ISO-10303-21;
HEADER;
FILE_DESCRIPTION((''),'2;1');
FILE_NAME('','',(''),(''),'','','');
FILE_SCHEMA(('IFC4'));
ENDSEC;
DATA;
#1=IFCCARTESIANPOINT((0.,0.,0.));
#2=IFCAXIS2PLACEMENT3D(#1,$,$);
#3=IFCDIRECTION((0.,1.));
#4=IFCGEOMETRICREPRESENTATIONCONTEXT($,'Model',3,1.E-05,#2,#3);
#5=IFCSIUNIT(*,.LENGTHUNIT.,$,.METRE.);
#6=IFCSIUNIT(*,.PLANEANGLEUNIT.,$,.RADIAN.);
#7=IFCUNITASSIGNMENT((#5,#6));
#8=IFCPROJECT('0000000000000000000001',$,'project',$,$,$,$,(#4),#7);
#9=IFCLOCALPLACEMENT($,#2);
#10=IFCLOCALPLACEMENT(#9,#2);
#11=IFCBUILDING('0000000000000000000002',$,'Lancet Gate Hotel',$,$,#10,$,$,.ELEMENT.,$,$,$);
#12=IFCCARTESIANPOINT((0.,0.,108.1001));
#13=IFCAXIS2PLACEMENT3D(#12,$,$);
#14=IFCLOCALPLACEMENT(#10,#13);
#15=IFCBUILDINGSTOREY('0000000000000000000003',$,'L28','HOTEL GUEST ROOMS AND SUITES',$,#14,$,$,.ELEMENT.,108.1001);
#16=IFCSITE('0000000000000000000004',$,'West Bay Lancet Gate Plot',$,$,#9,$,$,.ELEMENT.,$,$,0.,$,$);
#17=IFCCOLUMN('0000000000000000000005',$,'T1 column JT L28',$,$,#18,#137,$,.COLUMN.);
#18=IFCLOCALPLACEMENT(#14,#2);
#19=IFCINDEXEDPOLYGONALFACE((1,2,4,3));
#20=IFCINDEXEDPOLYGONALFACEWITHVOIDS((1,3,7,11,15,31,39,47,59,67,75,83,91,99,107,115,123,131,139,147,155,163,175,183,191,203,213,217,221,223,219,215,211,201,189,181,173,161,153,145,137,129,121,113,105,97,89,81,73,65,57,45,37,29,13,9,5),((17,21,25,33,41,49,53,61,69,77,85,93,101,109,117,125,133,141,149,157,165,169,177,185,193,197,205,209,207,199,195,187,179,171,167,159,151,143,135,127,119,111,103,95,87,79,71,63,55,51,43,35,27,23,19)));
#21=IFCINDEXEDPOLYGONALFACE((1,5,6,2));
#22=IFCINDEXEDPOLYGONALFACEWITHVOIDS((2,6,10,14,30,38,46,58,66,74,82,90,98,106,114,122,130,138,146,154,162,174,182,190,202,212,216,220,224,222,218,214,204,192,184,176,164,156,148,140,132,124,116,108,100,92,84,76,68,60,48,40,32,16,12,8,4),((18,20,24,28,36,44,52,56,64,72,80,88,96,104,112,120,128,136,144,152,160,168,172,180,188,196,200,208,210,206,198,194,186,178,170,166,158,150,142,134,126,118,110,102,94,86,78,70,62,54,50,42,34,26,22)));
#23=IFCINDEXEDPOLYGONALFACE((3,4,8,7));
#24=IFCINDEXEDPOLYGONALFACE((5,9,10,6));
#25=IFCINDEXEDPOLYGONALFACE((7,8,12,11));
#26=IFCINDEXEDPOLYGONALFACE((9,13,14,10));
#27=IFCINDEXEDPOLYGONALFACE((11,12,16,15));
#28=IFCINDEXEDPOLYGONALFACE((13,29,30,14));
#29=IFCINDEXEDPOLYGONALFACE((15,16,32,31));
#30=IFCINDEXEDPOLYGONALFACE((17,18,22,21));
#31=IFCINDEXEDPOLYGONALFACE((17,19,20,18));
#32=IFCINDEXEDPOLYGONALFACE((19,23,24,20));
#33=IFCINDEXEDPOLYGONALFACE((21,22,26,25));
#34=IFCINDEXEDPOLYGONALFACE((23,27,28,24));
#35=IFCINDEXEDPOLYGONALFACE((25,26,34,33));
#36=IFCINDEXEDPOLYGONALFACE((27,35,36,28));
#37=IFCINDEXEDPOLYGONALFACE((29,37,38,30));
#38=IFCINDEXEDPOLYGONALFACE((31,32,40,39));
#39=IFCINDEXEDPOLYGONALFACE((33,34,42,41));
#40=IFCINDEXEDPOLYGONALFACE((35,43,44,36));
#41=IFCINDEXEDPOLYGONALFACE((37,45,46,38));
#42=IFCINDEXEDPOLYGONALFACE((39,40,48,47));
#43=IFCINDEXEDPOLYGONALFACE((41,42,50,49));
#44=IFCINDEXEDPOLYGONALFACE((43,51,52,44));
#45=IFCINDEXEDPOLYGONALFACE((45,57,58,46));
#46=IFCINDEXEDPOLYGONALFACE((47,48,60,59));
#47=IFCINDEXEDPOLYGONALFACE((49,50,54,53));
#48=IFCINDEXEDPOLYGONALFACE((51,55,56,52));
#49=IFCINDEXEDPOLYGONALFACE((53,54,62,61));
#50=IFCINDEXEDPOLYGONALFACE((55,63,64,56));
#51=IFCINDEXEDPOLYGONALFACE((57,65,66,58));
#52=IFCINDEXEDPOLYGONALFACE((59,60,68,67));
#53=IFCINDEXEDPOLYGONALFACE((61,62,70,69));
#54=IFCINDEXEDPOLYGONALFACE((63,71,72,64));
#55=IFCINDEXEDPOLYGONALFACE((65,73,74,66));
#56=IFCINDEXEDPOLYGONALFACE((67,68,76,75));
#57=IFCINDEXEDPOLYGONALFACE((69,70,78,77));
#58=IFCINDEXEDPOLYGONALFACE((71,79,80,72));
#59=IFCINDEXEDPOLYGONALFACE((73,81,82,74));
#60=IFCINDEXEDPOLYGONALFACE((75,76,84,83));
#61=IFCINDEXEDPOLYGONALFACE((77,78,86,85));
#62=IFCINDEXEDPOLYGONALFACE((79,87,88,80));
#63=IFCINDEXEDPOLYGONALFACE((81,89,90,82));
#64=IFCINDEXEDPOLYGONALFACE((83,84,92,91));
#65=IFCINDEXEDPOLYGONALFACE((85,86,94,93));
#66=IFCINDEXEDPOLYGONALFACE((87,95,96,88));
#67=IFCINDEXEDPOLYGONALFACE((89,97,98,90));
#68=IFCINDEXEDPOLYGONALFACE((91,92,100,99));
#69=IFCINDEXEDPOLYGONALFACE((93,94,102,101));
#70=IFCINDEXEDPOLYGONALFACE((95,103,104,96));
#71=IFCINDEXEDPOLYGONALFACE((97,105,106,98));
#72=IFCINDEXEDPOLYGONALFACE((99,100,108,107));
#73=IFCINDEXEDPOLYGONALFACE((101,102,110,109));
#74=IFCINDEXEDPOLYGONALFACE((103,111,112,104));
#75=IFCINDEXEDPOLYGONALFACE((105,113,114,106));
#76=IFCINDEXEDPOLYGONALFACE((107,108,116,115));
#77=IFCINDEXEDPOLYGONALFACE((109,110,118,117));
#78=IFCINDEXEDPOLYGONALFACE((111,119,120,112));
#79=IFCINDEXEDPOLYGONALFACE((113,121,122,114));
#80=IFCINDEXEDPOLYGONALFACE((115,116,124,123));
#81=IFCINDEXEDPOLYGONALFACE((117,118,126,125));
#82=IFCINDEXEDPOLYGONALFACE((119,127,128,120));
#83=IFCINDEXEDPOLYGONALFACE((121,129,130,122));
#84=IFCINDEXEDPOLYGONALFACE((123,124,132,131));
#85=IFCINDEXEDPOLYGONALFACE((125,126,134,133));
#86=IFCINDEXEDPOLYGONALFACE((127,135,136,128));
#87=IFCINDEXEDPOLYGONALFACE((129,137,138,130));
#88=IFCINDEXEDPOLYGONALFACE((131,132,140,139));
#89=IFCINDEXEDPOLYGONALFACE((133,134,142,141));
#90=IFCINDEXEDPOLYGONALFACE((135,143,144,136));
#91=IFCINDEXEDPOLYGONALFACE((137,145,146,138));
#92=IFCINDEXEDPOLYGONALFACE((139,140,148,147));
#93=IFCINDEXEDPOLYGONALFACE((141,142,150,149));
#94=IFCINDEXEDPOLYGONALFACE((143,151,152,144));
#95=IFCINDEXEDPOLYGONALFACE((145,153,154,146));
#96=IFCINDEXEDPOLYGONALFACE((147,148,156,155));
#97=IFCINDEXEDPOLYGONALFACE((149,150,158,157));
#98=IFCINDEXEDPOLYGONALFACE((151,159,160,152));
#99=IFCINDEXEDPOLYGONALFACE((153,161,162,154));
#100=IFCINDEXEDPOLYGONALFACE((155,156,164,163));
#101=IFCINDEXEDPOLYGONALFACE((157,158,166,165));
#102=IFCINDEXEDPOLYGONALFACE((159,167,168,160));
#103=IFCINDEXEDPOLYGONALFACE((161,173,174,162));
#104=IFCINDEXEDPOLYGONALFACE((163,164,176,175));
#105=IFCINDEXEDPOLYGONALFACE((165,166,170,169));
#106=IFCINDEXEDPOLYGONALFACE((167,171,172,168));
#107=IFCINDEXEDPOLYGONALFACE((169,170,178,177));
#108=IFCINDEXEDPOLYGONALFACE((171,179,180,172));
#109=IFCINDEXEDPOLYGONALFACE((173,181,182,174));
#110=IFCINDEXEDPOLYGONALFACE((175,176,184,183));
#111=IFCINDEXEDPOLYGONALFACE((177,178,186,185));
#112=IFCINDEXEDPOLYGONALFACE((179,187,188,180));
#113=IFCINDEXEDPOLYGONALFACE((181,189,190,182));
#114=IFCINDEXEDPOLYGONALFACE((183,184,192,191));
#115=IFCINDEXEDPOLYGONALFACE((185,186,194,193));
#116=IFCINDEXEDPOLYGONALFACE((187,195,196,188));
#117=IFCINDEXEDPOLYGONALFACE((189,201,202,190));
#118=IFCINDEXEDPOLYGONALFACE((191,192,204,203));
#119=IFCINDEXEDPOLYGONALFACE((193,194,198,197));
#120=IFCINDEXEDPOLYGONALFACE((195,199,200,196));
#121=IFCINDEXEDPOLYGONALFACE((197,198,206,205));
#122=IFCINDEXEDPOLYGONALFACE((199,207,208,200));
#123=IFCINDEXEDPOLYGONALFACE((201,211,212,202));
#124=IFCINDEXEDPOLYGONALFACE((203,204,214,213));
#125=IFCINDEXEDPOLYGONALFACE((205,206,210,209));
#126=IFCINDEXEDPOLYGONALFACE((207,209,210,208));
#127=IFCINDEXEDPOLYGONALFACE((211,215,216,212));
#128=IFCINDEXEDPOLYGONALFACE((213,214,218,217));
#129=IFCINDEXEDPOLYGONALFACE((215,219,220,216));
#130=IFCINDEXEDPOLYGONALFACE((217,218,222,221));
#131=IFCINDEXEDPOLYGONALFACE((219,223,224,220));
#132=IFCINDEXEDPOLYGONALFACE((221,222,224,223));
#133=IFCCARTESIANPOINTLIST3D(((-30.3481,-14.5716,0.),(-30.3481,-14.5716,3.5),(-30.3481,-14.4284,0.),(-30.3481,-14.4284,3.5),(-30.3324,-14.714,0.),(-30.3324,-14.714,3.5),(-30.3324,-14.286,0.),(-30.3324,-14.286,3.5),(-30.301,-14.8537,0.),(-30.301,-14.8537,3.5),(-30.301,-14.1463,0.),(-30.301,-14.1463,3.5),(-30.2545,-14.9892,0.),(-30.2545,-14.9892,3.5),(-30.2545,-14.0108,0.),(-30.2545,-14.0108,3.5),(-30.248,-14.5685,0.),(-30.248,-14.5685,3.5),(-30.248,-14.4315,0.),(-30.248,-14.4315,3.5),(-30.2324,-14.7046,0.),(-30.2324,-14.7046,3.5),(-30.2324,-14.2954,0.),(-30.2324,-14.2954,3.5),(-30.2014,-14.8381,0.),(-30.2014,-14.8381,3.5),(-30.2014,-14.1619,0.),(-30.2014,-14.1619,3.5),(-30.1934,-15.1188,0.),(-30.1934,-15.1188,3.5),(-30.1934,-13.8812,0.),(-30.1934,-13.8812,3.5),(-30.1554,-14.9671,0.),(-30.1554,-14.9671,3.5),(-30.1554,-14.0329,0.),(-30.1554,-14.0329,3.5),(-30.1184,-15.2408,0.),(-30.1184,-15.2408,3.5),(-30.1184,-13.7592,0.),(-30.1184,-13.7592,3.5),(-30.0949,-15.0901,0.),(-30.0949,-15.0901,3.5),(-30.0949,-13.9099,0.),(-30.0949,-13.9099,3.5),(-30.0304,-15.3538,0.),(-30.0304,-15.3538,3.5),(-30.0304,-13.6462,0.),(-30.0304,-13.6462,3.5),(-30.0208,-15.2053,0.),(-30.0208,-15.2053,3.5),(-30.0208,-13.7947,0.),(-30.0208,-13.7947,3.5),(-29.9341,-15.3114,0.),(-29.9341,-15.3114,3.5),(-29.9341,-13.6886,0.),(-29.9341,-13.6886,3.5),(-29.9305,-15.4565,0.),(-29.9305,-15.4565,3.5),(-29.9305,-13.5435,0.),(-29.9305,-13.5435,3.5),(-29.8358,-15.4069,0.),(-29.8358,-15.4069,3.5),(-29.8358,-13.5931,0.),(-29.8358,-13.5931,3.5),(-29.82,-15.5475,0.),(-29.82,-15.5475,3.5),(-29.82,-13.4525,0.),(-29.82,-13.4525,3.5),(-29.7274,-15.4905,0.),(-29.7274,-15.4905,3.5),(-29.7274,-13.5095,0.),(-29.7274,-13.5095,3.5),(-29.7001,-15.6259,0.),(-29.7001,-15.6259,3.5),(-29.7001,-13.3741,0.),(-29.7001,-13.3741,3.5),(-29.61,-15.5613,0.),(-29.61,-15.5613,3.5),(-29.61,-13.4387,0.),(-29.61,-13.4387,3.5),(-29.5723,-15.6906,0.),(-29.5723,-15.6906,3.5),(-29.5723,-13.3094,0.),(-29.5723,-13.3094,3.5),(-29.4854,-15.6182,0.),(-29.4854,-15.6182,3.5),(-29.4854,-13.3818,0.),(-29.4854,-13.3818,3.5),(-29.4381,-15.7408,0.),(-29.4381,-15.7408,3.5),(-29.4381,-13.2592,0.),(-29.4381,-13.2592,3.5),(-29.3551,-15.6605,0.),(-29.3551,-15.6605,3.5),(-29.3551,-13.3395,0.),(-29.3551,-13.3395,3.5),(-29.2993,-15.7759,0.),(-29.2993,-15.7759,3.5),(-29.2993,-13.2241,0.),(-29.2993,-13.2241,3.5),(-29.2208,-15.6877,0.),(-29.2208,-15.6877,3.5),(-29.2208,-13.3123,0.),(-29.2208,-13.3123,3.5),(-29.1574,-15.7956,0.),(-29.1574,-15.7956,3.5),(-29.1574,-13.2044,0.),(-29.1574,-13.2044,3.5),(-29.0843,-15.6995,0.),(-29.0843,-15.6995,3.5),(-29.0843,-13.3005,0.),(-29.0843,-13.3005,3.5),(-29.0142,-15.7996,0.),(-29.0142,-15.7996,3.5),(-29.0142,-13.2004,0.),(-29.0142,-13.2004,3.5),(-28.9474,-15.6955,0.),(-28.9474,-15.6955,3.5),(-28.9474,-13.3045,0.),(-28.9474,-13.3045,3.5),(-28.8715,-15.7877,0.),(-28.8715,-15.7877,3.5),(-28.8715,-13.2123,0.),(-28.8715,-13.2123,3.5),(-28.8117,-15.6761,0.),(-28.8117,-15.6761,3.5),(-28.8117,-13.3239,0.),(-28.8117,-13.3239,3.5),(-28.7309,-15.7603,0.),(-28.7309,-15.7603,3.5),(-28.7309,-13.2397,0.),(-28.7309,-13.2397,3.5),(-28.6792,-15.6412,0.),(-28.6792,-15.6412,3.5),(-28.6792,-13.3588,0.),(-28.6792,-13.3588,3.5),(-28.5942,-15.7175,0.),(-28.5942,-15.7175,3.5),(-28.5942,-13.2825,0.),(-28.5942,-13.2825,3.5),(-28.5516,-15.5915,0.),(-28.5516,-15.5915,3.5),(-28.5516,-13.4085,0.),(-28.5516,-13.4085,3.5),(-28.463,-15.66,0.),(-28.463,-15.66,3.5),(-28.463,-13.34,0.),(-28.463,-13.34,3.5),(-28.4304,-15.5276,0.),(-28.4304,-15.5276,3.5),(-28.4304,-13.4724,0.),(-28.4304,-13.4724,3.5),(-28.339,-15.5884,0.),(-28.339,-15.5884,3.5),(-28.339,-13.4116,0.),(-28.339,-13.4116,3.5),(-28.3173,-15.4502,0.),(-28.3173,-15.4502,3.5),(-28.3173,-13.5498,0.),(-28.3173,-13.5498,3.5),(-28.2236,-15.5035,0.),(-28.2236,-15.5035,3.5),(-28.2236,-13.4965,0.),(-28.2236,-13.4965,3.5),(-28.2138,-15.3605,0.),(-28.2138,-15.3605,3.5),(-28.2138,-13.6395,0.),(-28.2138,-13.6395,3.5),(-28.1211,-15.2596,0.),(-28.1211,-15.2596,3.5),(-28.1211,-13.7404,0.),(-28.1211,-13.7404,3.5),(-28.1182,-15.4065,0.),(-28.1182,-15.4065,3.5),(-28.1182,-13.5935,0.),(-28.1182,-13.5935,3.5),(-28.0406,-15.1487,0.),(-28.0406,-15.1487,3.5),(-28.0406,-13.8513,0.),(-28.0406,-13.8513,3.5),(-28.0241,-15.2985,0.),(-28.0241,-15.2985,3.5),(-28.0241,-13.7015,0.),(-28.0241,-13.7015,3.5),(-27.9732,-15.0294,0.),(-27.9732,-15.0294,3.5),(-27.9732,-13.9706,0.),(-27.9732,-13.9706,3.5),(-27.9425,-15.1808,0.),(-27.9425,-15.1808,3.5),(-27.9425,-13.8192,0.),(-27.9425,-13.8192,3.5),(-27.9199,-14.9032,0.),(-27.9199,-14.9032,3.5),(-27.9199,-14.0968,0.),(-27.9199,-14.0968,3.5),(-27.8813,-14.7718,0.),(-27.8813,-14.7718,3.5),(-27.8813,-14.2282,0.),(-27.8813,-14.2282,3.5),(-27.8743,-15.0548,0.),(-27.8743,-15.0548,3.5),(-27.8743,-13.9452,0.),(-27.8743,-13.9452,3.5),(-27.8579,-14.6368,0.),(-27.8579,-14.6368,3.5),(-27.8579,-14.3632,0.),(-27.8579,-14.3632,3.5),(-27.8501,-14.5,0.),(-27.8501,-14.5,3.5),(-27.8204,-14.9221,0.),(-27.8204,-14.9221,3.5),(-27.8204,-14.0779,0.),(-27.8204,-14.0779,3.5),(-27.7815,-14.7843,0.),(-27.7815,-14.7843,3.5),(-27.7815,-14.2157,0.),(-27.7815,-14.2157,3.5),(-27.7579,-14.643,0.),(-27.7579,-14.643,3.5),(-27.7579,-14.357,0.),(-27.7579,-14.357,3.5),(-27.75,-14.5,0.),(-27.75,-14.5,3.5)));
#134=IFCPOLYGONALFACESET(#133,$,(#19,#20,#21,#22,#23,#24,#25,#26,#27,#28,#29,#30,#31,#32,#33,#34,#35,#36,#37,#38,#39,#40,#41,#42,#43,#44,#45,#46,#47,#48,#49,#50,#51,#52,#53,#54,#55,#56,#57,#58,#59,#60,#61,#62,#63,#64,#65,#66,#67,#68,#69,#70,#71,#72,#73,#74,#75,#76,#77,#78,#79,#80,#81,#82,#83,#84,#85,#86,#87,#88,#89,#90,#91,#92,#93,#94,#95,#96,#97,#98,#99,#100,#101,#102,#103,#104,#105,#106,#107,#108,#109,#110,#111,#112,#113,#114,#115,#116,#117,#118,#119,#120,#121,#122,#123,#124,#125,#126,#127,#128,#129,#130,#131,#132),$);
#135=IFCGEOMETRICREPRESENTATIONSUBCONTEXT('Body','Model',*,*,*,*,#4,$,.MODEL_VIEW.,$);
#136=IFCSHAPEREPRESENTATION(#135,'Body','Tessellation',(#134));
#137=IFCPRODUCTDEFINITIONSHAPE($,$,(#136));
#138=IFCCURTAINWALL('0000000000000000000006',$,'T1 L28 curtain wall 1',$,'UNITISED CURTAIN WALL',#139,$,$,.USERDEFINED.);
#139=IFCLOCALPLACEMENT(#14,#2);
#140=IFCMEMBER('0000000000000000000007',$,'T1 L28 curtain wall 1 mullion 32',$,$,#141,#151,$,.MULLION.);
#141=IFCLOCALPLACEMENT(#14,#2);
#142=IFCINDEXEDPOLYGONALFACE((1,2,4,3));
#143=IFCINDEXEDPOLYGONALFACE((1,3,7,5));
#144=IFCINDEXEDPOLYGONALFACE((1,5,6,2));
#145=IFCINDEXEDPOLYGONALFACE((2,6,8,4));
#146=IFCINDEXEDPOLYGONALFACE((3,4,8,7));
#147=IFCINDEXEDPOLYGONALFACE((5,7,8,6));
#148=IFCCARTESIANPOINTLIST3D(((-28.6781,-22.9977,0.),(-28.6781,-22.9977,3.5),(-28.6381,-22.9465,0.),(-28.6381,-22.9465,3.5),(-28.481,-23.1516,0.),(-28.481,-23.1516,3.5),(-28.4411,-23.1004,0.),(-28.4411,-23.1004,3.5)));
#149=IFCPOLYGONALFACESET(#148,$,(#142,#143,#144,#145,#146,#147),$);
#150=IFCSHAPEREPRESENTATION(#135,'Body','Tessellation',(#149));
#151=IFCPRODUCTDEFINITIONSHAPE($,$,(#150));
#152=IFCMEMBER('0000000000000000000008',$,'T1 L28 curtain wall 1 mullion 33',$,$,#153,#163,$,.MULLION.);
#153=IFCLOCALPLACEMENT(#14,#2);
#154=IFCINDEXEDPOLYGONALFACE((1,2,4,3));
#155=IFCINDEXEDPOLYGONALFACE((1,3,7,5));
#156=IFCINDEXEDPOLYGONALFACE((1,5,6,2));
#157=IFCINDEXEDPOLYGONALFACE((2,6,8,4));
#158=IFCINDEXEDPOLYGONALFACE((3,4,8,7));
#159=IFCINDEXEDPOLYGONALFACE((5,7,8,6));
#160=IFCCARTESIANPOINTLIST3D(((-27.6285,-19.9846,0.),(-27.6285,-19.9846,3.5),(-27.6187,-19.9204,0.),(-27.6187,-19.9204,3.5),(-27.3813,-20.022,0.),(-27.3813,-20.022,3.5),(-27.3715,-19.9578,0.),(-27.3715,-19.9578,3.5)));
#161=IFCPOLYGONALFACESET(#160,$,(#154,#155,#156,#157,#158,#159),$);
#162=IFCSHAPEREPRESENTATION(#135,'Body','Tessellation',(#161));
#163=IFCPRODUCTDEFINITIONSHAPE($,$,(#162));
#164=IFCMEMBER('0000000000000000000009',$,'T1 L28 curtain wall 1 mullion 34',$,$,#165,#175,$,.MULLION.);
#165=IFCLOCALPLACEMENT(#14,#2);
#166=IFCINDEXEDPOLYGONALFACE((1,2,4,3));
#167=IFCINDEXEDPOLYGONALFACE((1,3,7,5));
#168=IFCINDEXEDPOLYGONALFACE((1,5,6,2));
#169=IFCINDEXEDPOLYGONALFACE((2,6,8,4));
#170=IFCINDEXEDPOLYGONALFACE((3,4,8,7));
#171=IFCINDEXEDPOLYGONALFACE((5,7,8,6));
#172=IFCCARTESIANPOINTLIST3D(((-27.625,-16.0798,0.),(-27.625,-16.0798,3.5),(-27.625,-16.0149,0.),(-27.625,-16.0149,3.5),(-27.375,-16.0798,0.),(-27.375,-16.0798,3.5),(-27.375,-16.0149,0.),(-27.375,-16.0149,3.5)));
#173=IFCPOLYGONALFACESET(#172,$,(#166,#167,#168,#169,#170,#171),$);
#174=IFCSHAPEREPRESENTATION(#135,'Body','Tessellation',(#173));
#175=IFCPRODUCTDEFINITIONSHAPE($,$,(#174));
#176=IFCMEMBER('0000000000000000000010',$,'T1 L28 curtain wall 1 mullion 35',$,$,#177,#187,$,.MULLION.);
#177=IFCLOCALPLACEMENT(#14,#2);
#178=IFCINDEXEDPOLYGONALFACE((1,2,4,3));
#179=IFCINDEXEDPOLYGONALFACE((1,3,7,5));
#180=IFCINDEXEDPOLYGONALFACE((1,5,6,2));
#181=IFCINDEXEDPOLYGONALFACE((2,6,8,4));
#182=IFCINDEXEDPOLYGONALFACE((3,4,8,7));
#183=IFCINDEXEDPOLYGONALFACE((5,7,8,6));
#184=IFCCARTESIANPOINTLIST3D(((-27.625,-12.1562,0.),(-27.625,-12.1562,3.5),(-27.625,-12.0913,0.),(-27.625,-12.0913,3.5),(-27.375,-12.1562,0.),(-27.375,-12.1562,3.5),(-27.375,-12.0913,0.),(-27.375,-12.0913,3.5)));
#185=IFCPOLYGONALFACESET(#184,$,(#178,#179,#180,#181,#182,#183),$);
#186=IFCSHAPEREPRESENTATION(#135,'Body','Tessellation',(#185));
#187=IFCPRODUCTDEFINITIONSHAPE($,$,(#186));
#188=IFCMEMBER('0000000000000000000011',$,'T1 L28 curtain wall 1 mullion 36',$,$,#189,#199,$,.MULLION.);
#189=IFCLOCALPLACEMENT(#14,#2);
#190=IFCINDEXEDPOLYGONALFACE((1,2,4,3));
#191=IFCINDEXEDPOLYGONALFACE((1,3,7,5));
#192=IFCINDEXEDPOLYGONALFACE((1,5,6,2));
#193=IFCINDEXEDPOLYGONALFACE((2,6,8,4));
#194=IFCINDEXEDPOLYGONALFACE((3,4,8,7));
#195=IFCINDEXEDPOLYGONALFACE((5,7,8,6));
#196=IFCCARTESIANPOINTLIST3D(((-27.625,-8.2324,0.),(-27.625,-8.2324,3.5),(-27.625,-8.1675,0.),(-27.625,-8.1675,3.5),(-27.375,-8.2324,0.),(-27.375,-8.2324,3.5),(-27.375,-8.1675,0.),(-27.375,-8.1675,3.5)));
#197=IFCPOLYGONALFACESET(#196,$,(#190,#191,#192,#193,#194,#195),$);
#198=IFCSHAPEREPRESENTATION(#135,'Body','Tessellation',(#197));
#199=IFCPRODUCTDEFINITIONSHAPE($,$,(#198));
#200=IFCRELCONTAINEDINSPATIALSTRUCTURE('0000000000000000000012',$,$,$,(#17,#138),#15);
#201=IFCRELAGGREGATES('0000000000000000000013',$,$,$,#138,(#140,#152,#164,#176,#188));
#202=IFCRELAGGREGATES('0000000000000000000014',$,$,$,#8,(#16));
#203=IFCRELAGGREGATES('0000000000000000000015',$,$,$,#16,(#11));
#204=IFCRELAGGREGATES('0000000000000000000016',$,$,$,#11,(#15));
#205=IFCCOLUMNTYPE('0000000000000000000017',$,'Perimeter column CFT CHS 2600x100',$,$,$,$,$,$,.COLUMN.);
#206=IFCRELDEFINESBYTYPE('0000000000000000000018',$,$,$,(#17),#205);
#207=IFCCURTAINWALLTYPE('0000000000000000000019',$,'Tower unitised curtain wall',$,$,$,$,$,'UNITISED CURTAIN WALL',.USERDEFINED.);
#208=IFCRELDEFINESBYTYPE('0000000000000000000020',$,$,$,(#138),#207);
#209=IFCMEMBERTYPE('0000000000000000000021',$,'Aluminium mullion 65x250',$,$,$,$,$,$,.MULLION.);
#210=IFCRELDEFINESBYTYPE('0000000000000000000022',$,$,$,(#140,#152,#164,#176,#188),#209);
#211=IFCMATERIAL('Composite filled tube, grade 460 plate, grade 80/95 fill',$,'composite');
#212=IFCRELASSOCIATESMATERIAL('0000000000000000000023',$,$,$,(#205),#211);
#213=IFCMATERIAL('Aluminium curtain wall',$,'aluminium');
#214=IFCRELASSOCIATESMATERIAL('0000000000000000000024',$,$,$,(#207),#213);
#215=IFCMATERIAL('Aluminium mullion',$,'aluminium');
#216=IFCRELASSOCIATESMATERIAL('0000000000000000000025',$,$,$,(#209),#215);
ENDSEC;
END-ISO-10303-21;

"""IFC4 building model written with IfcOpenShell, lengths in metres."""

from ifc_helpers import new_model, si_unit, direction, frame, origin, origin_2d, place, context, subcontext, project, spatial, rectangle, hollow_circle, extrude, material, material_profile, profile_set, type_object, element, aggregate, save


model = new_model("IFC4")

# Units and contexts
model_context = context("Model", 3, precision=1e-05, world=origin(), true_north=direction((0.0, 1.0)))
body_context = subcontext(model_context, "Body", "Model", "MODEL_VIEW")
ifc_project = project(units=[si_unit("LENGTHUNIT", "METRE"), si_unit("PLANEANGLEUNIT", "RADIAN")], contexts=[model_context])

# Site, building, storey
site_placement = place(None, origin())
site = spatial("IfcSite", under=ifc_project, at=site_placement, Name="West Bay Lancet Gate Plot", CompositionType="ELEMENT", RefElevation=0.0)
building_placement = place(site_placement, origin())
building = spatial("IfcBuilding", under=site, at=building_placement, Name="Lancet Gate Hotel", CompositionType="ELEMENT")
storey_placement = place(building_placement, frame((0.0, 0.0, 108.1001)))
storey = spatial("IfcBuildingStorey", under=building, at=storey_placement, Name="L28", Description="HOTEL GUEST ROOMS AND SUITES", CompositionType="ELEMENT", Elevation=108.1001)

# Column
ifc_material_1 = material(Name="Composite filled tube, grade 460 plate, grade 80/95 fill", Category="composite")
ifc_material_profile_1 = material_profile(ifc_material_1, hollow_circle(Radius=1.3, WallThickness=0.1001, at=origin_2d()), Name="CHS 2600x100")
ifc_profile_set_1 = profile_set([ifc_material_profile_1], Name="Composite filled tube, grade 460 plate, grade 80/95 fill")
column_type = type_object("IfcColumnType", Name="Perimeter column CFT CHS 2600x100", PredefinedType="COLUMN", material=ifc_profile_set_1)
for number, where, z_axis, x_axis, name in (
    (1, (-29.05, -14.5, 0.0), (0.0, 0.0, 1.0), (1.0, 0.0, 0.0), "T1 column JT L28"),
):
    element("IfcColumn", number, at=place(storey_placement, frame(where, z_axis=z_axis, x_axis=x_axis)), inside=storey, type_object=column_type, Name=name, PredefinedType="COLUMN", context=body_context, shape_type="SweptSolid", body=[
        extrude(hollow_circle(Radius=1.3, WallThickness=0.1001, at=origin_2d()), origin(), (0.0, 0.0, 1.0), 3.5),
    ])

# Curtain wall, members
ifc_material_2 = material(Name="Aluminium curtain wall", Category="aluminium")
curtain_wall_type = type_object("IfcCurtainWallType", Name="Tower unitised curtain wall", ElementType="UNITISED CURTAIN WALL", PredefinedType="USERDEFINED", material=ifc_material_2)
curtain_wall_placement = place(storey_placement, origin())
curtain_wall = element("IfcCurtainWall", 2, at=curtain_wall_placement, inside=storey, type_object=curtain_wall_type, Name="T1 L28 curtain wall 1", ObjectType="UNITISED CURTAIN WALL", PredefinedType="USERDEFINED")
ifc_material_3 = material(Name="Aluminium mullion", Category="aluminium")
ifc_material_profile_2 = material_profile(ifc_material_3, rectangle(XDim=0.0649, YDim=0.25, at=origin_2d()), Name="MULLION 65x250")
ifc_profile_set_2 = profile_set([ifc_material_profile_2], Name="Aluminium mullion")
member_type_1 = type_object("IfcMemberType", Name="Aluminium mullion 65x250", PredefinedType="MULLION", material=ifc_profile_set_2)
member_1_placement = place(storey_placement, frame((-28.5596, -23.0491, 0.0), z_axis=(0.0, 0.0, 1.0), x_axis=(0.615574, 0.788079, 0.0)))
member_1 = element("IfcMember", 3, at=member_1_placement, type_object=member_type_1, Name="T1 L28 curtain wall 1 mullion 32", PredefinedType="MULLION", context=body_context, shape_type="SweptSolid", body=[
    extrude(rectangle(XDim=0.0649, YDim=0.25, at=origin_2d()), origin(), (0.0, 0.0, 1.0), 3.5),
])
member_2_placement = place(storey_placement, frame((-27.5, -19.9712, 0.0), z_axis=(0.0, 0.0, 1.0), x_axis=(0.149634, 0.988741, 0.0)))
member_2 = element("IfcMember", 4, at=member_2_placement, type_object=member_type_1, Name="T1 L28 curtain wall 1 mullion 33", PredefinedType="MULLION", context=body_context, shape_type="SweptSolid", body=[
    extrude(rectangle(XDim=0.0649, YDim=0.25, at=origin_2d()), origin(), (0.0, 0.0, 1.0), 3.5),
])
member_3_placement = place(storey_placement, frame((-27.5, -16.0474, 0.0), z_axis=(0.0, 0.0, 1.0), x_axis=(0.0, 1.0, 0.0)))
member_3 = element("IfcMember", 5, at=member_3_placement, type_object=member_type_1, Name="T1 L28 curtain wall 1 mullion 34", PredefinedType="MULLION", context=body_context, shape_type="SweptSolid", body=[
    extrude(rectangle(XDim=0.0649, YDim=0.25, at=origin_2d()), origin(), (0.0, 0.0, 1.0), 3.5),
])
member_4_placement = place(storey_placement, frame((-27.5, -12.1238, 0.0), z_axis=(0.0, 0.0, 1.0), x_axis=(0.0, 1.0, 0.0)))
member_4 = element("IfcMember", 6, at=member_4_placement, type_object=member_type_1, Name="T1 L28 curtain wall 1 mullion 35", PredefinedType="MULLION", context=body_context, shape_type="SweptSolid", body=[
    extrude(rectangle(XDim=0.0649, YDim=0.25, at=origin_2d()), origin(), (0.0, 0.0, 1.0), 3.5),
])
member_5_placement = place(storey_placement, frame((-27.5, -8.2, 0.0), z_axis=(0.0, 0.0, 1.0), x_axis=(0.0, 1.0, 0.0)))
member_5 = element("IfcMember", 7, at=member_5_placement, type_object=member_type_1, Name="T1 L28 curtain wall 1 mullion 36", PredefinedType="MULLION", context=body_context, shape_type="SweptSolid", body=[
    extrude(rectangle(XDim=0.0649, YDim=0.25, at=origin_2d()), origin(), (0.0, 0.0, 1.0), 3.5),
])

aggregate(curtain_wall, [member_1, member_2, member_3, member_4, member_5])

save(model, "model.ifc")
